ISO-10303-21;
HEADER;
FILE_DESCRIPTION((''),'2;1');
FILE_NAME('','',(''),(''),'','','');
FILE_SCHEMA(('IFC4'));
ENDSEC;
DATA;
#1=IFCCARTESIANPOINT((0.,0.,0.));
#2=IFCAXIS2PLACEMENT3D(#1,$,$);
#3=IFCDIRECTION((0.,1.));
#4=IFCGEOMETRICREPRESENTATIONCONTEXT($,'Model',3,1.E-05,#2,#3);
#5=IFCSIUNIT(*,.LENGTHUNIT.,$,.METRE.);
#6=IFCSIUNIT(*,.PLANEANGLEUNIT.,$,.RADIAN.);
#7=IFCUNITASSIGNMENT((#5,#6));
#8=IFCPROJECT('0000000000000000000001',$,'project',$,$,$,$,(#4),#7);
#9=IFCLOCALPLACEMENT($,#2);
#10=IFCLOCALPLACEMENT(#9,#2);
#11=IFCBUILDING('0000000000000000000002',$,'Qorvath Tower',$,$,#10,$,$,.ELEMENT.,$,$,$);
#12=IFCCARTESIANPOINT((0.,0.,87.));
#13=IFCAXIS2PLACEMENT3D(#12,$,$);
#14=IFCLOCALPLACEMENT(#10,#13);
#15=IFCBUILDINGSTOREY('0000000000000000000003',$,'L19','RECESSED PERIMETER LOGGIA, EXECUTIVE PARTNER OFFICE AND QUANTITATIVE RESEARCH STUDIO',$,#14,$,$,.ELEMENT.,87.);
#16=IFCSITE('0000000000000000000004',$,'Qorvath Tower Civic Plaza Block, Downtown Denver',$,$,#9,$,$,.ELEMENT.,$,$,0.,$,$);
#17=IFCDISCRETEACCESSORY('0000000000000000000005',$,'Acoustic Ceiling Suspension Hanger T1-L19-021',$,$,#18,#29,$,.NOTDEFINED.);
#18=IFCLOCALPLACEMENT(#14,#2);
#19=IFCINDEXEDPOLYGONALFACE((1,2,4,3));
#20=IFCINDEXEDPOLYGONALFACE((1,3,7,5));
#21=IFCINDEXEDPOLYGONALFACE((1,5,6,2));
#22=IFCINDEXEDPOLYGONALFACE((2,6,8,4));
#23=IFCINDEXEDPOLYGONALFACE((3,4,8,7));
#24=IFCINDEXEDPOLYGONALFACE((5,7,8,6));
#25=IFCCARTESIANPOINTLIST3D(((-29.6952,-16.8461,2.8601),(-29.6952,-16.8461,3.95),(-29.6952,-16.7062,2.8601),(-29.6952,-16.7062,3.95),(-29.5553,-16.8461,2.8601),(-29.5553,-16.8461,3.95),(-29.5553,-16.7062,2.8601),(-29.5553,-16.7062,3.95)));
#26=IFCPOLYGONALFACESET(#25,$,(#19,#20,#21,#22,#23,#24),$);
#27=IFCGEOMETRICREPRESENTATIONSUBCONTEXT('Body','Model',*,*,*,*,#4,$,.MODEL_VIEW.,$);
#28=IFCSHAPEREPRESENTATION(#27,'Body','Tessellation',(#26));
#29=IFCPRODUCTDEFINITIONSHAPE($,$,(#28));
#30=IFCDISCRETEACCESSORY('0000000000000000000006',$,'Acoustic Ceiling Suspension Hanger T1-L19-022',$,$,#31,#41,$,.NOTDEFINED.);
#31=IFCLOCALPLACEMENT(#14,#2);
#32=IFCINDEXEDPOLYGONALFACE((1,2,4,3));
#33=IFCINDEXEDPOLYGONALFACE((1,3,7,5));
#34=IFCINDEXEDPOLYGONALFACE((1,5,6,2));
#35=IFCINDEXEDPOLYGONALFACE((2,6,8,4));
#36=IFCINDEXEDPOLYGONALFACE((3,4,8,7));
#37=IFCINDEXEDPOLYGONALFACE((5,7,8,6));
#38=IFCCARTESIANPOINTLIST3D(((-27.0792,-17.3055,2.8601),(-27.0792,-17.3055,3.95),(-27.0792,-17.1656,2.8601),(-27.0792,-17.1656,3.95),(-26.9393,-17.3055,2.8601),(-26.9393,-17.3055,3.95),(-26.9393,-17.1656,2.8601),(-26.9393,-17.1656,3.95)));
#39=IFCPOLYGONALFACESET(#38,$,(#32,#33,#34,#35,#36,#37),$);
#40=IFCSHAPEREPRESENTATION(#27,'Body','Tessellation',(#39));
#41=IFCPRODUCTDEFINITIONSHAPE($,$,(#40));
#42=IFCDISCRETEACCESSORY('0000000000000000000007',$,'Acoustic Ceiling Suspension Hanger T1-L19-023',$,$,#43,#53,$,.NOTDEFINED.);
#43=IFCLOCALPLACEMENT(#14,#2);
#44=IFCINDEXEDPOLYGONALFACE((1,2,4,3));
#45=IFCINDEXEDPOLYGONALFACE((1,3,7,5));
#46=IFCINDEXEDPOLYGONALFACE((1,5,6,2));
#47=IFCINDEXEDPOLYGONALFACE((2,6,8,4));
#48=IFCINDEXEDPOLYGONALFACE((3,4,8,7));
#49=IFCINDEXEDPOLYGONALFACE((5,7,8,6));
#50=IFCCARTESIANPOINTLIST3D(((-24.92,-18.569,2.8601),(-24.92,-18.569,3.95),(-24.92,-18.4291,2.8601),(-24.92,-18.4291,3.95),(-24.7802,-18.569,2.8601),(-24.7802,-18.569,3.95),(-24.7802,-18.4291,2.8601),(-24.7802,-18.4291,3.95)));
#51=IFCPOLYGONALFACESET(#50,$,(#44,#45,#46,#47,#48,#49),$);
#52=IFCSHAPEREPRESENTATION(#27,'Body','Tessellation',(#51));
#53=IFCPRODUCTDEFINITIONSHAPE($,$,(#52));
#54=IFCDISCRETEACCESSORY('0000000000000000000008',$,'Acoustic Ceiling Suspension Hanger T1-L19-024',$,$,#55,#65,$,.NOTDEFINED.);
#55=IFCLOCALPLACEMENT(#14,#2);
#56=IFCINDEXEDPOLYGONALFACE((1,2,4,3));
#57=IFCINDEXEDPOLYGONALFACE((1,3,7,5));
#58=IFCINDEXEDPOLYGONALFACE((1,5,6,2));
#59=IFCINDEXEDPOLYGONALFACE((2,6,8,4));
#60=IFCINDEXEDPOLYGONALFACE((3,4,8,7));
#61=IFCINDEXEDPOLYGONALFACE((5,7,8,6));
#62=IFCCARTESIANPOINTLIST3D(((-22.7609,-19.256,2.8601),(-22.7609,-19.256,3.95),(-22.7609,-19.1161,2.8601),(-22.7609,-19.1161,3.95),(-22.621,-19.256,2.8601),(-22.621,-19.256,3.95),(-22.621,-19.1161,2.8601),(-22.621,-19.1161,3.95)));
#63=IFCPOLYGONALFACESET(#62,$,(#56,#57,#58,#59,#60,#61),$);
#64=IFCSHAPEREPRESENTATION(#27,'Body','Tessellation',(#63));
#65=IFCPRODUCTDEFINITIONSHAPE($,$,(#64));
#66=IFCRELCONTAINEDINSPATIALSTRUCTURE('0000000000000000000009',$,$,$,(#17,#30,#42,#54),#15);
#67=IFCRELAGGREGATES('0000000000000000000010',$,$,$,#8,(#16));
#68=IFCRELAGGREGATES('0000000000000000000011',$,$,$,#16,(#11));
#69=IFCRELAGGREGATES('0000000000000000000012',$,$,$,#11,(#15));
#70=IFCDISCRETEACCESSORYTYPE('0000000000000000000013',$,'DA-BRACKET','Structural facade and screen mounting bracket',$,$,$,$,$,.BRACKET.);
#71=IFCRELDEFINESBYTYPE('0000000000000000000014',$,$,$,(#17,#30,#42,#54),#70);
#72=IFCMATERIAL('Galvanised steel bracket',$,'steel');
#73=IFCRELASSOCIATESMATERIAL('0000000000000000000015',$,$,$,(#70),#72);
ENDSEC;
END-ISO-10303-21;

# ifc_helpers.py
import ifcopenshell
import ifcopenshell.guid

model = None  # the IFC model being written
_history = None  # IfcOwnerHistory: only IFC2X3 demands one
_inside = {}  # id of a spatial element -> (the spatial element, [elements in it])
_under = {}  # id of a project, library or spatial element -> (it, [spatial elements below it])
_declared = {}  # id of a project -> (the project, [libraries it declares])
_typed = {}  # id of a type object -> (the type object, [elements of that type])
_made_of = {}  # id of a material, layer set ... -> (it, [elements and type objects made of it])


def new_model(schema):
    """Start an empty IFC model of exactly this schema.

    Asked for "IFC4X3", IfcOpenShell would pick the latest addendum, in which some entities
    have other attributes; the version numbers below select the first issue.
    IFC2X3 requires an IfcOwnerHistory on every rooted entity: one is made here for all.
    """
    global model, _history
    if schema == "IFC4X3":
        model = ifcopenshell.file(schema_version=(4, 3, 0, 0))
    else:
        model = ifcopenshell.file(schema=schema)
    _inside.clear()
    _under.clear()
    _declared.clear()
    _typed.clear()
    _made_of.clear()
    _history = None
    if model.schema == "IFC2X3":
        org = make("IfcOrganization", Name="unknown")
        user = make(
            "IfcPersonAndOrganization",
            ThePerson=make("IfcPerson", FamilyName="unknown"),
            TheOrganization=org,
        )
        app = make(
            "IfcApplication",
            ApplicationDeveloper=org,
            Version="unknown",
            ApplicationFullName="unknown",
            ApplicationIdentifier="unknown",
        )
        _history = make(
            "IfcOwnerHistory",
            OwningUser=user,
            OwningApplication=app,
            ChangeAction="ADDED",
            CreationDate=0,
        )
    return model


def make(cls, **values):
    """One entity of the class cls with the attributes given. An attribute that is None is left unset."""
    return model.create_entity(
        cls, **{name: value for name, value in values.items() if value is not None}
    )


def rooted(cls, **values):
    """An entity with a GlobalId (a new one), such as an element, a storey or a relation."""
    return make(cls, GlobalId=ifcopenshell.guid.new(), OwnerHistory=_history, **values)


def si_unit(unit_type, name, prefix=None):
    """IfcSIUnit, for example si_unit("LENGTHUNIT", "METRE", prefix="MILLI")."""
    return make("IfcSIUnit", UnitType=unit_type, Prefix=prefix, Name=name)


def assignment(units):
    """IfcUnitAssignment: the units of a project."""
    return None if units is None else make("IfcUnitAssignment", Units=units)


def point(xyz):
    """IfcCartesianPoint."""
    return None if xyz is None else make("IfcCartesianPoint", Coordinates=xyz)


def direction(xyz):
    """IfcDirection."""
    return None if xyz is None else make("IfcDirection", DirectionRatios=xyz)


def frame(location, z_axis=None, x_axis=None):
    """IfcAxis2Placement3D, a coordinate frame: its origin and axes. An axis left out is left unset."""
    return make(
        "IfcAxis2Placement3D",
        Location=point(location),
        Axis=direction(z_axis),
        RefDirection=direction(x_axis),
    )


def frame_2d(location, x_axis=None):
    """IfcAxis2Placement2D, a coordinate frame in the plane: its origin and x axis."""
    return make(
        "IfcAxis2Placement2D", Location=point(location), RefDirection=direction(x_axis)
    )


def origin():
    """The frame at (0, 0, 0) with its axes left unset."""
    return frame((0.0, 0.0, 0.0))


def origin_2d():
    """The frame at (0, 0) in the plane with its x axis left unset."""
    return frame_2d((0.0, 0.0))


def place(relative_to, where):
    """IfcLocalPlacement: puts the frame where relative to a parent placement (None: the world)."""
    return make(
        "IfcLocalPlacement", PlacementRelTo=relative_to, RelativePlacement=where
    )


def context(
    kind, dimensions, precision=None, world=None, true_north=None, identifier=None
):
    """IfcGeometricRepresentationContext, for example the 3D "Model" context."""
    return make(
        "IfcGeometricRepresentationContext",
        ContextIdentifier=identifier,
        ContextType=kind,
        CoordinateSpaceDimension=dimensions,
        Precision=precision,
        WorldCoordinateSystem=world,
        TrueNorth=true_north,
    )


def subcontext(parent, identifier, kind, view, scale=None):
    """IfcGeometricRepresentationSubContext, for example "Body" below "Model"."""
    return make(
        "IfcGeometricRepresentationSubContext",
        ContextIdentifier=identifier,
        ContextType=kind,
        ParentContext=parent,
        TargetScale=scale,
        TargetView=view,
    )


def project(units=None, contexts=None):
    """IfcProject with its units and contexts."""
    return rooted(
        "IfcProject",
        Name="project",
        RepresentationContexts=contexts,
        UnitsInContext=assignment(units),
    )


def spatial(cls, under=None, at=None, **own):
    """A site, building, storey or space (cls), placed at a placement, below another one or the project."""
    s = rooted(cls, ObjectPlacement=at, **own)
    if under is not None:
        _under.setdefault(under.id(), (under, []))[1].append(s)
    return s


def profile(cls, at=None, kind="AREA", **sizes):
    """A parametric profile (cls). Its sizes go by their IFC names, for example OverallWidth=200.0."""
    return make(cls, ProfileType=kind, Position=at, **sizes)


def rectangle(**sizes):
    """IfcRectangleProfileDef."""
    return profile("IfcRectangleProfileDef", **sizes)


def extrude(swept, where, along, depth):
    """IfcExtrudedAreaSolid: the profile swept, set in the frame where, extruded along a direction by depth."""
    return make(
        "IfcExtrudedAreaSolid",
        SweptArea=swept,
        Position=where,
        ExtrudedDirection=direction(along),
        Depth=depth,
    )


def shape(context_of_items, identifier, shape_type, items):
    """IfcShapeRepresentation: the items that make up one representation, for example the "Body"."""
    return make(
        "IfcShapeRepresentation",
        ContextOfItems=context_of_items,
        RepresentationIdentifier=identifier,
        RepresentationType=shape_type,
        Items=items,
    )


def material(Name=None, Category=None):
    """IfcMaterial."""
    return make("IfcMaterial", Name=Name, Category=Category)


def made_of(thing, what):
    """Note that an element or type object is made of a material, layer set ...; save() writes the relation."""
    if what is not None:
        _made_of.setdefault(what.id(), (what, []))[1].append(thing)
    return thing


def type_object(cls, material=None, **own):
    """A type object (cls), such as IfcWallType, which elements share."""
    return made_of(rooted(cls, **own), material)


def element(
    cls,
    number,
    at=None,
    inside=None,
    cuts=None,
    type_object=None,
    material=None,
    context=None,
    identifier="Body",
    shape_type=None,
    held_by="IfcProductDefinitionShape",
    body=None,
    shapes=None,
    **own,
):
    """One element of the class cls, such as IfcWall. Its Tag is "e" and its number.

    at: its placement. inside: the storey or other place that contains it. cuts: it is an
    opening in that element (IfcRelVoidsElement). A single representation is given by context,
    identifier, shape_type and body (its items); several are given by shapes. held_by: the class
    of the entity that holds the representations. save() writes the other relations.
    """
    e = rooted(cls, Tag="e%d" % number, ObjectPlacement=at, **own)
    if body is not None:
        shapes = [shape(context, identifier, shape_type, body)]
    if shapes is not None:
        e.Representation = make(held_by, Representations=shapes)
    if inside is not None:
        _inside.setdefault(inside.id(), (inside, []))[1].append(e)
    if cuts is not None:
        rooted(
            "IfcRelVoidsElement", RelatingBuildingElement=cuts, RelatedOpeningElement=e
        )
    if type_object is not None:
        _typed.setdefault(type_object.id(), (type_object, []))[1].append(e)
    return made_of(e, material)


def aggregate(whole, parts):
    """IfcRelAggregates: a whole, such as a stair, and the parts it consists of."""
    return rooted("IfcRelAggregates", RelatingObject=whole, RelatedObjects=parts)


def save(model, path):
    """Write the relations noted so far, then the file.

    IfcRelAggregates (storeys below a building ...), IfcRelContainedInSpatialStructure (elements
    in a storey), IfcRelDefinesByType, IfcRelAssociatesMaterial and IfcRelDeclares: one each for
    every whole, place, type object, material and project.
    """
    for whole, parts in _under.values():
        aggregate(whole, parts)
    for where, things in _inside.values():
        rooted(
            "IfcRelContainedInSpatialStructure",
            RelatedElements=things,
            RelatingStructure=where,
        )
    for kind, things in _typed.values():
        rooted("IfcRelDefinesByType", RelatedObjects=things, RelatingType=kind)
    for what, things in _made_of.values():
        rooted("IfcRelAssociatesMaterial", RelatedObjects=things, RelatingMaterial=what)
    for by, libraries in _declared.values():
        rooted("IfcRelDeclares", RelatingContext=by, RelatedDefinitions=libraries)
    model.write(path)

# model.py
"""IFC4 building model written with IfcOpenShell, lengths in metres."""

from ifc_helpers import new_model, si_unit, direction, frame, origin, origin_2d, place, context, subcontext, project, spatial, rectangle, extrude, material, type_object, element, save


model = new_model("IFC4")

# Units and contexts
model_context = context("Model", 3, precision=1e-05, world=origin(), true_north=direction((0.0, 1.0)))
body_context = subcontext(model_context, "Body", "Model", "MODEL_VIEW")
ifc_project = project(units=[si_unit("LENGTHUNIT", "METRE"), si_unit("PLANEANGLEUNIT", "RADIAN")], contexts=[model_context])

# Site, building, storey
site_placement = place(None, origin())
site = spatial("IfcSite", under=ifc_project, at=site_placement, Name="Qorvath Tower Civic Plaza Block, Downtown Denver", CompositionType="ELEMENT", RefElevation=0.0)
building_placement = place(site_placement, origin())
building = spatial("IfcBuilding", under=site, at=building_placement, Name="Qorvath Tower", CompositionType="ELEMENT")
storey_placement = place(building_placement, frame((0.0, 0.0, 87.0)))
storey = spatial("IfcBuildingStorey", under=building, at=storey_placement, Name="L19", Description="RECESSED PERIMETER LOGGIA, EXECUTIVE PARTNER OFFICE AND QUANTITATIVE RESEARCH STUDIO", CompositionType="ELEMENT", Elevation=87.0)

# Discrete accessories
ifc_material_1 = material(Name="Galvanised steel bracket", Category="steel")
discrete_accessory_type = type_object("IfcDiscreteAccessoryType", Name="DA-BRACKET", Description="Structural facade and screen mounting bracket", PredefinedType="BRACKET", material=ifc_material_1)
for number, where, z_axis, x_axis, name in (
    (1, (-29.6252, -16.7761, 2.8601), (0.0, 0.0, 1.0), (1.0, 0.0, 0.0), "Acoustic Ceiling Suspension Hanger T1-L19-021"),
    (2, (-27.0093, -17.2356, 2.8601), (0.0, 0.0, 1.0), (1.0, 0.0, 0.0), "Acoustic Ceiling Suspension Hanger T1-L19-022"),
    (3, (-24.8501, -18.499, 2.8601), (0.0, 0.0, 1.0), (1.0, 0.0, 0.0), "Acoustic Ceiling Suspension Hanger T1-L19-023"),
    (4, (-22.6909, -19.186, 2.8601), (0.0, 0.0, 1.0), (1.0, 0.0, 0.0), "Acoustic Ceiling Suspension Hanger T1-L19-024"),
):
    element("IfcDiscreteAccessory", number, at=place(storey_placement, frame(where, z_axis=z_axis, x_axis=x_axis)), inside=storey, type_object=discrete_accessory_type, Name=name, PredefinedType="NOTDEFINED", context=body_context, shape_type="SweptSolid", body=[
        extrude(rectangle(XDim=0.1399, YDim=0.1399, at=origin_2d()), origin(), (0.0, 0.0, 1.0), 1.0898),
    ])

save(model, "model.ifc")
